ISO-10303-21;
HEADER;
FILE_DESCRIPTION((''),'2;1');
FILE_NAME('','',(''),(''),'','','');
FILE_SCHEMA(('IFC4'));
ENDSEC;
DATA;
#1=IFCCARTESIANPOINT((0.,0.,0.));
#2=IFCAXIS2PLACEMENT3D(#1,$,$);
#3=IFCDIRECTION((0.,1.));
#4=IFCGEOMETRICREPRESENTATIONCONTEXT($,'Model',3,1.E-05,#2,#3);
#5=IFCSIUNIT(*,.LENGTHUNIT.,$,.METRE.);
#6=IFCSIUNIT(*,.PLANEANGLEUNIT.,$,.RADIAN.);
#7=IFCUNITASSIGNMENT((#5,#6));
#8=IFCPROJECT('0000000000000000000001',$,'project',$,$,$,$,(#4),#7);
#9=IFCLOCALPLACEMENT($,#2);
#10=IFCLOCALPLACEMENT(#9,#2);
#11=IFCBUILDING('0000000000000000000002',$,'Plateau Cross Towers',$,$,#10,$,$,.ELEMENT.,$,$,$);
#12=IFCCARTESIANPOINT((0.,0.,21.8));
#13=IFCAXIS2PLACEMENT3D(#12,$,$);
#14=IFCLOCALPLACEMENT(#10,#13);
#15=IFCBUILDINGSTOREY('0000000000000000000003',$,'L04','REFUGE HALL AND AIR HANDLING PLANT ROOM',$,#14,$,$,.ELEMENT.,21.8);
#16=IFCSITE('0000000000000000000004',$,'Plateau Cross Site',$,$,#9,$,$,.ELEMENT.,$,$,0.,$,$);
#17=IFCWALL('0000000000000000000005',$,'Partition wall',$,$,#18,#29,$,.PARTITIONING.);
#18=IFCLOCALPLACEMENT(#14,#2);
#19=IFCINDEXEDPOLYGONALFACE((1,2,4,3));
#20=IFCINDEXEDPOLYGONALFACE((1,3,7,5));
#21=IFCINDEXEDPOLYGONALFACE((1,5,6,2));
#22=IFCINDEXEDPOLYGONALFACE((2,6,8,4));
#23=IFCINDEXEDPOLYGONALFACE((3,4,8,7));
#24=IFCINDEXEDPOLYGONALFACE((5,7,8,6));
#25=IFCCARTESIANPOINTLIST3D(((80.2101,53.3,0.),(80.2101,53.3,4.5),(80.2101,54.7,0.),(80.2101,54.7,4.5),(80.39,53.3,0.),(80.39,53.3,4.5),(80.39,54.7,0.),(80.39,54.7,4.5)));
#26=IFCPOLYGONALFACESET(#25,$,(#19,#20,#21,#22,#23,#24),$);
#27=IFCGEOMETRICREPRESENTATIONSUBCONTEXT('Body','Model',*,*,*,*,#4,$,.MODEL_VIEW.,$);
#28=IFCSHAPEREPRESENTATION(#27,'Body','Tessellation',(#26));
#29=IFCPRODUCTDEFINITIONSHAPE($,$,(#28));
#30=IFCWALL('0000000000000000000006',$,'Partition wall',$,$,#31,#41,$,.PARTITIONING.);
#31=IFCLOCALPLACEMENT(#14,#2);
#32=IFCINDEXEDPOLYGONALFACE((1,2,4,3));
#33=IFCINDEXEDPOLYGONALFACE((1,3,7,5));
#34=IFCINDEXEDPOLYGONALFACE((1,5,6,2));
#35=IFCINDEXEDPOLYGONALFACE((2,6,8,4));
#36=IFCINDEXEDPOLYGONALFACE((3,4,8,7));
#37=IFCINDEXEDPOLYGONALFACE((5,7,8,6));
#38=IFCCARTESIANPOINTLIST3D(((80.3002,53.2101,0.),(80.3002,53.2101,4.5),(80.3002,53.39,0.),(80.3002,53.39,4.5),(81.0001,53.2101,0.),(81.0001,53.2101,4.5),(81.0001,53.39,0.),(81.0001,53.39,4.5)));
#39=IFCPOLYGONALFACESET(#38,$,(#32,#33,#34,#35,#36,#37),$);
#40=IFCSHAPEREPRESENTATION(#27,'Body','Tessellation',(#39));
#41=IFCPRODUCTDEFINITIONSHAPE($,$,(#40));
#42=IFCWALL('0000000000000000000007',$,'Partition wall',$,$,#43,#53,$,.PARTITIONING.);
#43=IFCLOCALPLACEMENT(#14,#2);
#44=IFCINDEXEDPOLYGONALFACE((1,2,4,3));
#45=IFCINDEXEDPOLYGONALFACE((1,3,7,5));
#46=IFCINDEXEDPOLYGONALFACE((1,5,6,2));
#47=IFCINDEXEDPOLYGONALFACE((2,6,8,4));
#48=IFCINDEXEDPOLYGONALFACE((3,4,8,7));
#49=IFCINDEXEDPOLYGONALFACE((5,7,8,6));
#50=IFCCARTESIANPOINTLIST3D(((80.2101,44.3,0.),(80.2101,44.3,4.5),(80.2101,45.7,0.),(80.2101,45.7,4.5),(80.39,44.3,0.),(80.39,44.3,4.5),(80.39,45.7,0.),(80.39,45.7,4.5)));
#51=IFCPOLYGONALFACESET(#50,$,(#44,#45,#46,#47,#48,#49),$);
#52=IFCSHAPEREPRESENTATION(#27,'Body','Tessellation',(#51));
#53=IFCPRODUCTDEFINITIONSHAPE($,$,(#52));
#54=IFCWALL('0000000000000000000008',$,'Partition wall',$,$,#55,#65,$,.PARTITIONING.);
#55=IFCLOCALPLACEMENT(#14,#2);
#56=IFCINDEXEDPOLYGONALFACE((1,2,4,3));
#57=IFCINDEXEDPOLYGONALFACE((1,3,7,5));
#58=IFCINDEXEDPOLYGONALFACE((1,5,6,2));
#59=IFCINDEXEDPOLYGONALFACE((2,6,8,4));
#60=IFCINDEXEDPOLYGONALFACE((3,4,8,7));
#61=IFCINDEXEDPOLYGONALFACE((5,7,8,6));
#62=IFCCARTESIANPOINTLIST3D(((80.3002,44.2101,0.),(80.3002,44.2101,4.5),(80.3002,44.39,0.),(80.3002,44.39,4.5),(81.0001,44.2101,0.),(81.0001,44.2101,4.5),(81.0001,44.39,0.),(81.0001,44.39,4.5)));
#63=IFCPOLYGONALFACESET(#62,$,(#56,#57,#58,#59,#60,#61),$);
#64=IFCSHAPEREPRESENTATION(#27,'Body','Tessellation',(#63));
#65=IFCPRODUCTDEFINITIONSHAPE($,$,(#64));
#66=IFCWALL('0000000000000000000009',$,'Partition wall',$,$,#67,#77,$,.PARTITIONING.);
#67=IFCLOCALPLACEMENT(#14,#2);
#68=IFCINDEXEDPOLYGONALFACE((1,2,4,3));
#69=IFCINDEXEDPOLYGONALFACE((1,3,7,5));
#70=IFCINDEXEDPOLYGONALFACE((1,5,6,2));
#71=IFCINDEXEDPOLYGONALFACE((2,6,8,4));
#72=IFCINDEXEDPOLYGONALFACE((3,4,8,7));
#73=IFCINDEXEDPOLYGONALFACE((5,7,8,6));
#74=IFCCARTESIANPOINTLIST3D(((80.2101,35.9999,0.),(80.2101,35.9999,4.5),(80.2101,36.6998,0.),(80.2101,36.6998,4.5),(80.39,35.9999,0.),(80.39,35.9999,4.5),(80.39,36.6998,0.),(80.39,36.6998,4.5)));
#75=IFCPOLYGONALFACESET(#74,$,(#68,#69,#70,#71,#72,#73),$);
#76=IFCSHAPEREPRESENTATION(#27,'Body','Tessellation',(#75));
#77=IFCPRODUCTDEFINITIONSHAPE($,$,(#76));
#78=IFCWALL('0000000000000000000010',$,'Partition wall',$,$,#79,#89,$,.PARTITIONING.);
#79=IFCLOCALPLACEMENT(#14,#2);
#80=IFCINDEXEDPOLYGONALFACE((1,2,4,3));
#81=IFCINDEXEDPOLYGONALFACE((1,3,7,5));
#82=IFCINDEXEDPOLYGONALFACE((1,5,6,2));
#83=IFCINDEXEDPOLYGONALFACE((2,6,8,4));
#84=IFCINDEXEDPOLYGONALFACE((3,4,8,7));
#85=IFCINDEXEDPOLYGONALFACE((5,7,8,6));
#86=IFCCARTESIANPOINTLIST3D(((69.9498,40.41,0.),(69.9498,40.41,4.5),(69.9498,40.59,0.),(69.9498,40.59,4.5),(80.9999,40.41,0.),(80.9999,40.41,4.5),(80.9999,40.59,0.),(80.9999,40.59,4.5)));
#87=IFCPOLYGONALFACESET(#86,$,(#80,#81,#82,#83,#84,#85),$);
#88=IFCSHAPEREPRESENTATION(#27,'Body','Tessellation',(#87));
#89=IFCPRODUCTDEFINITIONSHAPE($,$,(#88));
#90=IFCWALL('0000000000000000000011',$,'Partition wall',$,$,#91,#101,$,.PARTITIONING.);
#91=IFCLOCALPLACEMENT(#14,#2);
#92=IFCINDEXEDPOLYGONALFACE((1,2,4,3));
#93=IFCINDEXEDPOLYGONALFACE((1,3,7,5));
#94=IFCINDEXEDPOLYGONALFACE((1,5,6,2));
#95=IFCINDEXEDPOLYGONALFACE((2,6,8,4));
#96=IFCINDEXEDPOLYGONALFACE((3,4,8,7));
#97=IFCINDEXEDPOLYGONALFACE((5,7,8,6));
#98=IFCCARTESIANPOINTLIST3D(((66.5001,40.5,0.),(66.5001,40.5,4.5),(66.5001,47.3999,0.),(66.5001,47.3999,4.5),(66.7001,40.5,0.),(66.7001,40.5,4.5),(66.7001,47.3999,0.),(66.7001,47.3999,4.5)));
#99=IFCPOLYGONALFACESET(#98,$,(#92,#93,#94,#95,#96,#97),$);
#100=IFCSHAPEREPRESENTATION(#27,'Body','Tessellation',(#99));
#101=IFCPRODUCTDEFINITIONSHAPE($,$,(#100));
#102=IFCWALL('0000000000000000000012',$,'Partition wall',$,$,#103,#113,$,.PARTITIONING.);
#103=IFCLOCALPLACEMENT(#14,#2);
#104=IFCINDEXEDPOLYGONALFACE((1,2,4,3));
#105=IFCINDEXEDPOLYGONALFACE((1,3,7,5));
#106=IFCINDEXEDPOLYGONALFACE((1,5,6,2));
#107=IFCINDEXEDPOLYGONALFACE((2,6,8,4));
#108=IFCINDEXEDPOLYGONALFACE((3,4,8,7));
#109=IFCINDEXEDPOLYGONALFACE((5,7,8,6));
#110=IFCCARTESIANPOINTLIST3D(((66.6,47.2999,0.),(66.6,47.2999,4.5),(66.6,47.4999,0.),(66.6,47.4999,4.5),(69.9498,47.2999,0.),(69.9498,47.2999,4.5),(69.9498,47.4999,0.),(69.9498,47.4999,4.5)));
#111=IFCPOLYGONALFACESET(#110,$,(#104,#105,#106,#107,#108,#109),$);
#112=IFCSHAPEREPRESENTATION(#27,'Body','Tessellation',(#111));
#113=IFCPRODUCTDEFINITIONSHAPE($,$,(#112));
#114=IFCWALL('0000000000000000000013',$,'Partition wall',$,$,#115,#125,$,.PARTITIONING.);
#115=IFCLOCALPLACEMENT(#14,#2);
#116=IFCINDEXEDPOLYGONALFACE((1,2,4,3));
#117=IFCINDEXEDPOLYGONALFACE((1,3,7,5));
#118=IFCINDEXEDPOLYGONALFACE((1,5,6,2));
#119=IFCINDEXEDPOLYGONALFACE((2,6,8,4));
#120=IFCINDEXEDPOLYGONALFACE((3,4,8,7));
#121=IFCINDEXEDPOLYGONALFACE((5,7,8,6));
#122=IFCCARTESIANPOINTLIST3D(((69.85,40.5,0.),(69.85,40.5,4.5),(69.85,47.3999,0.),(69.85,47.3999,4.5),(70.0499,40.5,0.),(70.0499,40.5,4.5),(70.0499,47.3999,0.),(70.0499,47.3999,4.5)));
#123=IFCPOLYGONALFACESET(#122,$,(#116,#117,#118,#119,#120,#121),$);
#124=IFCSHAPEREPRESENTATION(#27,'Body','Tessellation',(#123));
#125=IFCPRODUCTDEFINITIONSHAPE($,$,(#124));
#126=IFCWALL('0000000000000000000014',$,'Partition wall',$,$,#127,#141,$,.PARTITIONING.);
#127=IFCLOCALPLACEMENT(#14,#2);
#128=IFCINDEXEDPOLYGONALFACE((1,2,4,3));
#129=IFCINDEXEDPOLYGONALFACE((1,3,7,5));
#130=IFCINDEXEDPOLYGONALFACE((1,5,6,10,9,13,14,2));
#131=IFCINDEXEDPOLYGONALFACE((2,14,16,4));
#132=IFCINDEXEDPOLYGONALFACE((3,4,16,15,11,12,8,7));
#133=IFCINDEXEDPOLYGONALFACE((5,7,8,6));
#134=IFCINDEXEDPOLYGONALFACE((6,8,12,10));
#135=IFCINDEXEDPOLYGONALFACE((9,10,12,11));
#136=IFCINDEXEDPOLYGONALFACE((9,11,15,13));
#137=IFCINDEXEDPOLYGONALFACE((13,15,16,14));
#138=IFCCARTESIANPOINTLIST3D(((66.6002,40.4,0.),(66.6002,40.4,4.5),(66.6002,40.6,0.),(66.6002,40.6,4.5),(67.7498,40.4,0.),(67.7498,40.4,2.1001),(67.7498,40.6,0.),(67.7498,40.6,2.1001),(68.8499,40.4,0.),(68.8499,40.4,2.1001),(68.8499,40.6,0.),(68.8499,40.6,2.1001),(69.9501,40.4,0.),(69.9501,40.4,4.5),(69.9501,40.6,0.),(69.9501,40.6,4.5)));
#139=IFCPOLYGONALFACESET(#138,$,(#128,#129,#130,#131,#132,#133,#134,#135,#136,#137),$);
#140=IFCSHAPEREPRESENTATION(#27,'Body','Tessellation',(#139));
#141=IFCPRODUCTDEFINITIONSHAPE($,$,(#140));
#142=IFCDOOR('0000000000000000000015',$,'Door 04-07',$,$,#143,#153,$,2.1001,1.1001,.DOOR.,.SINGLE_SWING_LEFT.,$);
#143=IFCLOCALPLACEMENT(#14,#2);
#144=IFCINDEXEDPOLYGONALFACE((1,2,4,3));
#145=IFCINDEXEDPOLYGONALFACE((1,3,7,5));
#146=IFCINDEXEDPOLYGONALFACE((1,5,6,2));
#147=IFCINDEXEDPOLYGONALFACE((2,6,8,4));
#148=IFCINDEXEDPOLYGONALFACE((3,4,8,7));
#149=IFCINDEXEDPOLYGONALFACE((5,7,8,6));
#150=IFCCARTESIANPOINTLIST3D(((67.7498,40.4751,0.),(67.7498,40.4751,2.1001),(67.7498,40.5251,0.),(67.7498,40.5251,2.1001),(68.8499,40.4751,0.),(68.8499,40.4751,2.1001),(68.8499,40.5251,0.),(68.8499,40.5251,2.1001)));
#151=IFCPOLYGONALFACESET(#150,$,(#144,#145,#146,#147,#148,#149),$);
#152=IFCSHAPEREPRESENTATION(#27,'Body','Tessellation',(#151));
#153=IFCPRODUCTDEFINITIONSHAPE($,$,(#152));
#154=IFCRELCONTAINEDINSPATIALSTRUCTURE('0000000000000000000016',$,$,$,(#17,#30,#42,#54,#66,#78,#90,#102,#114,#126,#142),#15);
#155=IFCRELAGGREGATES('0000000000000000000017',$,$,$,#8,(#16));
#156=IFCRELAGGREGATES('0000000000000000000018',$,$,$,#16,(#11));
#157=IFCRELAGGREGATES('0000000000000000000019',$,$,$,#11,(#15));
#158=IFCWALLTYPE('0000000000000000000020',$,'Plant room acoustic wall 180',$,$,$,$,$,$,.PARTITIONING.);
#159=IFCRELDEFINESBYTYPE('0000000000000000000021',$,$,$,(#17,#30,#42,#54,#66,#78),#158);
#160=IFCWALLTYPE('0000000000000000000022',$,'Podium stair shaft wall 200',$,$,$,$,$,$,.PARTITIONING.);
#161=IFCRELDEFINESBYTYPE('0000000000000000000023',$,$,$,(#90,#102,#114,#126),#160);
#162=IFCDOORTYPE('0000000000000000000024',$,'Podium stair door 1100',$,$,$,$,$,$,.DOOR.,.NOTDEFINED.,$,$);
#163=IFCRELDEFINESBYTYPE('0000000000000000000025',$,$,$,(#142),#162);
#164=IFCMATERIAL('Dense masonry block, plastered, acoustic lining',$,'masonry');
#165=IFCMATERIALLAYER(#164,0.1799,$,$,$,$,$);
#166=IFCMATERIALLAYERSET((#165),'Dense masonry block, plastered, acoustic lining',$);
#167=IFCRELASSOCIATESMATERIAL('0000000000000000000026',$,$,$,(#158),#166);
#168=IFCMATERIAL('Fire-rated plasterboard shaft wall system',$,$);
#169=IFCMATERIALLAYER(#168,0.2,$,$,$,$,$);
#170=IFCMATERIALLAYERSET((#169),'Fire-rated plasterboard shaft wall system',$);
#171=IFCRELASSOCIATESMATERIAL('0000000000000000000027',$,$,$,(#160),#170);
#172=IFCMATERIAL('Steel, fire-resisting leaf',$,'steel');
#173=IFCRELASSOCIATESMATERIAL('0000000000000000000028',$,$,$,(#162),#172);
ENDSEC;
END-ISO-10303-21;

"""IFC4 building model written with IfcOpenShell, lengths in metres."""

from ifc_helpers import new_model, si_unit, direction, frame, frame_2d, origin, place, context, subcontext, project, spatial, rectangle, extrude, material, layer, layer_set, type_object, element, fill, save


model = new_model("IFC4")

# Units and contexts
model_context = context("Model", 3, precision=1e-05, world=origin(), true_north=direction((0.0, 1.0)))
body_context = subcontext(model_context, "Body", "Model", "MODEL_VIEW")
ifc_project = project(units=[si_unit("LENGTHUNIT", "METRE"), si_unit("PLANEANGLEUNIT", "RADIAN")], contexts=[model_context])

# Site, building, storey
site_placement = place(None, origin())
site = spatial("IfcSite", under=ifc_project, at=site_placement, Name="Plateau Cross Site", CompositionType="ELEMENT", RefElevation=0.0)
building_placement = place(site_placement, origin())
building = spatial("IfcBuilding", under=site, at=building_placement, Name="Plateau Cross Towers", CompositionType="ELEMENT")
storey_placement = place(building_placement, frame((0.0, 0.0, 21.8)))
storey = spatial("IfcBuildingStorey", under=building, at=storey_placement, Name="L04", Description="REFUGE HALL AND AIR HANDLING PLANT ROOM", CompositionType="ELEMENT", Elevation=21.8)

# Walls
ifc_material_1 = material(Name="Dense masonry block, plastered, acoustic lining", Category="masonry")
ifc_layer_1 = layer(ifc_material_1, 0.1799)
ifc_layer_set_1 = layer_set([ifc_layer_1], Name="Dense masonry block, plastered, acoustic lining")
wall_type_1 = type_object("IfcWallType", Name="Plant room acoustic wall 180", PredefinedType="PARTITIONING", material=ifc_layer_set_1)
wall_1_placement = place(storey_placement, frame((80.3, 54.7, 0.0), z_axis=(0.0, 0.0, 1.0), x_axis=(0.0, -1.0, 0.0)))
element("IfcWall", 1, at=wall_1_placement, inside=storey, type_object=wall_type_1, Name="Partition wall", PredefinedType="PARTITIONING", context=body_context, shape_type="SweptSolid", body=[
    extrude(rectangle(XDim=1.3999, YDim=0.1799, at=frame_2d((0.7, 0.0))), origin(), (0.0, 0.0, 1.0), 4.5),
])
wall_2_placement = place(storey_placement, frame((80.3, 53.3, 0.0), z_axis=(0.0, 0.0, 1.0), x_axis=(1.0, 0.0, 0.0)))
element("IfcWall", 2, at=wall_2_placement, inside=storey, type_object=wall_type_1, Name="Partition wall", PredefinedType="PARTITIONING", context=body_context, shape_type="SweptSolid", body=[
    extrude(rectangle(XDim=0.7, YDim=0.1799, at=frame_2d((0.3501, 0.0))), origin(), (0.0, 0.0, 1.0), 4.5),
])
wall_3_placement = place(storey_placement, frame((80.3, 45.7, 0.0), z_axis=(0.0, 0.0, 1.0), x_axis=(0.0, -1.0, 0.0)))
element("IfcWall", 3, at=wall_3_placement, inside=storey, type_object=wall_type_1, Name="Partition wall", PredefinedType="PARTITIONING", context=body_context, shape_type="SweptSolid", body=[
    extrude(rectangle(XDim=1.3999, YDim=0.1799, at=frame_2d((0.7, 0.0))), origin(), (0.0, 0.0, 1.0), 4.5),
])
for number, where, z_axis, x_axis, name in (
    (4, (80.3, 44.3, 0.0), (0.0, 0.0, 1.0), (1.0, 0.0, 0.0), "Partition wall"),
    (5, (80.3, 36.7, 0.0), (0.0, 0.0, 1.0), (0.0, -1.0, 0.0), "Partition wall"),
):
    element("IfcWall", number, at=place(storey_placement, frame(where, z_axis=z_axis, x_axis=x_axis)), inside=storey, type_object=wall_type_1, Name=name, PredefinedType="PARTITIONING", context=body_context, shape_type="SweptSolid", body=[
        extrude(rectangle(XDim=0.7, YDim=0.1799, at=frame_2d((0.3501, 0.0))), origin(), (0.0, 0.0, 1.0), 4.5),
    ])
wall_4_placement = place(storey_placement, frame((69.95, 40.5, 0.0), z_axis=(0.0, 0.0, 1.0), x_axis=(1.0, 0.0, 0.0)))
element("IfcWall", 6, at=wall_4_placement, inside=storey, type_object=wall_type_1, Name="Partition wall", PredefinedType="PARTITIONING", context=body_context, shape_type="SweptSolid", body=[
    extrude(rectangle(XDim=11.05, YDim=0.1799, at=frame_2d((5.5249, 0.0))), origin(), (0.0, 0.0, 1.0), 4.5),
])
ifc_material_2 = material(Name="Fire-rated plasterboard shaft wall system")
ifc_layer_2 = layer(ifc_material_2, 0.2)
ifc_layer_set_2 = layer_set([ifc_layer_2], Name="Fire-rated plasterboard shaft wall system")
wall_type_2 = type_object("IfcWallType", Name="Podium stair shaft wall 200", PredefinedType="PARTITIONING", material=ifc_layer_set_2)
wall_5_placement = place(storey_placement, frame((66.6001, 40.5, 0.0), z_axis=(0.0, 0.0, 1.0), x_axis=(0.0, 1.0, 0.0)))
element("IfcWall", 7, at=wall_5_placement, inside=storey, type_object=wall_type_2, Name="Partition wall", PredefinedType="PARTITIONING", context=body_context, shape_type="SweptSolid", body=[
    extrude(rectangle(XDim=6.8999, YDim=0.2, at=frame_2d((3.45, 0.0))), origin(), (0.0, 0.0, 1.0), 4.5),
])
wall_6_placement = place(storey_placement, frame((66.6001, 47.3999, 0.0), z_axis=(0.0, 0.0, 1.0), x_axis=(1.0, 0.0, 0.0)))
element("IfcWall", 8, at=wall_6_placement, inside=storey, type_object=wall_type_2, Name="Partition wall", PredefinedType="PARTITIONING", context=body_context, shape_type="SweptSolid", body=[
    extrude(rectangle(XDim=3.3499, YDim=0.2, at=frame_2d((1.6748, 0.0))), origin(), (0.0, 0.0, 1.0), 4.5),
])
wall_7_placement = place(storey_placement, frame((69.95, 47.3999, 0.0), z_axis=(0.0, 0.0, 1.0), x_axis=(0.0, -1.0, 0.0)))
element("IfcWall", 9, at=wall_7_placement, inside=storey, type_object=wall_type_2, Name="Partition wall", PredefinedType="PARTITIONING", context=body_context, shape_type="SweptSolid", body=[
    extrude(rectangle(XDim=6.8999, YDim=0.2, at=frame_2d((3.45, 0.0))), origin(), (0.0, 0.0, 1.0), 4.5),
])

# Wall, opening, door
wall_8_placement = place(storey_placement, frame((69.95, 40.5, 0.0), z_axis=(0.0, 0.0, 1.0), x_axis=(-1.0, 0.0, 0.0)))
wall_8 = element("IfcWall", 10, at=wall_8_placement, inside=storey, type_object=wall_type_2, Name="Partition wall", PredefinedType="PARTITIONING", context=body_context, shape_type="SweptSolid", body=[
    extrude(rectangle(XDim=3.3499, YDim=0.2, at=frame_2d((1.6748, 0.0))), origin(), (0.0, 0.0, 1.0), 4.5),
])
opening_placement = place(wall_8_placement, frame((1.1001, 0.0, 0.0)))
opening = element("IfcOpeningElement", 11, at=opening_placement, cuts=wall_8, PredefinedType="OPENING", context=body_context, shape_type="SweptSolid", body=[
    extrude(rectangle(XDim=1.1001, YDim=2.1001, at=frame_2d((0.55, 1.05))), frame((0.0, 0.1099, 0.0), z_axis=(0.0, -1.0, 0.0), x_axis=(1.0, 0.0, 0.0)), (0.0, 0.0, 1.0), 0.22),
])
ifc_material_3 = material(Name="Steel, fire-resisting leaf", Category="steel")
door_type = type_object("IfcDoorType", Name="Podium stair door 1100", OperationType="NOTDEFINED", PredefinedType="DOOR", material=ifc_material_3)
door_placement = place(opening_placement, origin())
door = element("IfcDoor", 12, at=door_placement, inside=storey, type_object=door_type, Name="Door 04-07", OperationType="SINGLE_SWING_LEFT", OverallHeight=2.1001, OverallWidth=1.1001, PredefinedType="DOOR", context=body_context, shape_type="SweptSolid", body=[
    extrude(rectangle(XDim=1.1001, YDim=2.1001, at=frame_2d((0.55, 1.05))), frame((0.0, 0.0249, 0.0), z_axis=(0.0, -1.0, 0.0), x_axis=(1.0, 0.0, 0.0)), (0.0, 0.0, 1.0), 0.05),
])
fill(opening, door)

save(model, "model.ifc")
